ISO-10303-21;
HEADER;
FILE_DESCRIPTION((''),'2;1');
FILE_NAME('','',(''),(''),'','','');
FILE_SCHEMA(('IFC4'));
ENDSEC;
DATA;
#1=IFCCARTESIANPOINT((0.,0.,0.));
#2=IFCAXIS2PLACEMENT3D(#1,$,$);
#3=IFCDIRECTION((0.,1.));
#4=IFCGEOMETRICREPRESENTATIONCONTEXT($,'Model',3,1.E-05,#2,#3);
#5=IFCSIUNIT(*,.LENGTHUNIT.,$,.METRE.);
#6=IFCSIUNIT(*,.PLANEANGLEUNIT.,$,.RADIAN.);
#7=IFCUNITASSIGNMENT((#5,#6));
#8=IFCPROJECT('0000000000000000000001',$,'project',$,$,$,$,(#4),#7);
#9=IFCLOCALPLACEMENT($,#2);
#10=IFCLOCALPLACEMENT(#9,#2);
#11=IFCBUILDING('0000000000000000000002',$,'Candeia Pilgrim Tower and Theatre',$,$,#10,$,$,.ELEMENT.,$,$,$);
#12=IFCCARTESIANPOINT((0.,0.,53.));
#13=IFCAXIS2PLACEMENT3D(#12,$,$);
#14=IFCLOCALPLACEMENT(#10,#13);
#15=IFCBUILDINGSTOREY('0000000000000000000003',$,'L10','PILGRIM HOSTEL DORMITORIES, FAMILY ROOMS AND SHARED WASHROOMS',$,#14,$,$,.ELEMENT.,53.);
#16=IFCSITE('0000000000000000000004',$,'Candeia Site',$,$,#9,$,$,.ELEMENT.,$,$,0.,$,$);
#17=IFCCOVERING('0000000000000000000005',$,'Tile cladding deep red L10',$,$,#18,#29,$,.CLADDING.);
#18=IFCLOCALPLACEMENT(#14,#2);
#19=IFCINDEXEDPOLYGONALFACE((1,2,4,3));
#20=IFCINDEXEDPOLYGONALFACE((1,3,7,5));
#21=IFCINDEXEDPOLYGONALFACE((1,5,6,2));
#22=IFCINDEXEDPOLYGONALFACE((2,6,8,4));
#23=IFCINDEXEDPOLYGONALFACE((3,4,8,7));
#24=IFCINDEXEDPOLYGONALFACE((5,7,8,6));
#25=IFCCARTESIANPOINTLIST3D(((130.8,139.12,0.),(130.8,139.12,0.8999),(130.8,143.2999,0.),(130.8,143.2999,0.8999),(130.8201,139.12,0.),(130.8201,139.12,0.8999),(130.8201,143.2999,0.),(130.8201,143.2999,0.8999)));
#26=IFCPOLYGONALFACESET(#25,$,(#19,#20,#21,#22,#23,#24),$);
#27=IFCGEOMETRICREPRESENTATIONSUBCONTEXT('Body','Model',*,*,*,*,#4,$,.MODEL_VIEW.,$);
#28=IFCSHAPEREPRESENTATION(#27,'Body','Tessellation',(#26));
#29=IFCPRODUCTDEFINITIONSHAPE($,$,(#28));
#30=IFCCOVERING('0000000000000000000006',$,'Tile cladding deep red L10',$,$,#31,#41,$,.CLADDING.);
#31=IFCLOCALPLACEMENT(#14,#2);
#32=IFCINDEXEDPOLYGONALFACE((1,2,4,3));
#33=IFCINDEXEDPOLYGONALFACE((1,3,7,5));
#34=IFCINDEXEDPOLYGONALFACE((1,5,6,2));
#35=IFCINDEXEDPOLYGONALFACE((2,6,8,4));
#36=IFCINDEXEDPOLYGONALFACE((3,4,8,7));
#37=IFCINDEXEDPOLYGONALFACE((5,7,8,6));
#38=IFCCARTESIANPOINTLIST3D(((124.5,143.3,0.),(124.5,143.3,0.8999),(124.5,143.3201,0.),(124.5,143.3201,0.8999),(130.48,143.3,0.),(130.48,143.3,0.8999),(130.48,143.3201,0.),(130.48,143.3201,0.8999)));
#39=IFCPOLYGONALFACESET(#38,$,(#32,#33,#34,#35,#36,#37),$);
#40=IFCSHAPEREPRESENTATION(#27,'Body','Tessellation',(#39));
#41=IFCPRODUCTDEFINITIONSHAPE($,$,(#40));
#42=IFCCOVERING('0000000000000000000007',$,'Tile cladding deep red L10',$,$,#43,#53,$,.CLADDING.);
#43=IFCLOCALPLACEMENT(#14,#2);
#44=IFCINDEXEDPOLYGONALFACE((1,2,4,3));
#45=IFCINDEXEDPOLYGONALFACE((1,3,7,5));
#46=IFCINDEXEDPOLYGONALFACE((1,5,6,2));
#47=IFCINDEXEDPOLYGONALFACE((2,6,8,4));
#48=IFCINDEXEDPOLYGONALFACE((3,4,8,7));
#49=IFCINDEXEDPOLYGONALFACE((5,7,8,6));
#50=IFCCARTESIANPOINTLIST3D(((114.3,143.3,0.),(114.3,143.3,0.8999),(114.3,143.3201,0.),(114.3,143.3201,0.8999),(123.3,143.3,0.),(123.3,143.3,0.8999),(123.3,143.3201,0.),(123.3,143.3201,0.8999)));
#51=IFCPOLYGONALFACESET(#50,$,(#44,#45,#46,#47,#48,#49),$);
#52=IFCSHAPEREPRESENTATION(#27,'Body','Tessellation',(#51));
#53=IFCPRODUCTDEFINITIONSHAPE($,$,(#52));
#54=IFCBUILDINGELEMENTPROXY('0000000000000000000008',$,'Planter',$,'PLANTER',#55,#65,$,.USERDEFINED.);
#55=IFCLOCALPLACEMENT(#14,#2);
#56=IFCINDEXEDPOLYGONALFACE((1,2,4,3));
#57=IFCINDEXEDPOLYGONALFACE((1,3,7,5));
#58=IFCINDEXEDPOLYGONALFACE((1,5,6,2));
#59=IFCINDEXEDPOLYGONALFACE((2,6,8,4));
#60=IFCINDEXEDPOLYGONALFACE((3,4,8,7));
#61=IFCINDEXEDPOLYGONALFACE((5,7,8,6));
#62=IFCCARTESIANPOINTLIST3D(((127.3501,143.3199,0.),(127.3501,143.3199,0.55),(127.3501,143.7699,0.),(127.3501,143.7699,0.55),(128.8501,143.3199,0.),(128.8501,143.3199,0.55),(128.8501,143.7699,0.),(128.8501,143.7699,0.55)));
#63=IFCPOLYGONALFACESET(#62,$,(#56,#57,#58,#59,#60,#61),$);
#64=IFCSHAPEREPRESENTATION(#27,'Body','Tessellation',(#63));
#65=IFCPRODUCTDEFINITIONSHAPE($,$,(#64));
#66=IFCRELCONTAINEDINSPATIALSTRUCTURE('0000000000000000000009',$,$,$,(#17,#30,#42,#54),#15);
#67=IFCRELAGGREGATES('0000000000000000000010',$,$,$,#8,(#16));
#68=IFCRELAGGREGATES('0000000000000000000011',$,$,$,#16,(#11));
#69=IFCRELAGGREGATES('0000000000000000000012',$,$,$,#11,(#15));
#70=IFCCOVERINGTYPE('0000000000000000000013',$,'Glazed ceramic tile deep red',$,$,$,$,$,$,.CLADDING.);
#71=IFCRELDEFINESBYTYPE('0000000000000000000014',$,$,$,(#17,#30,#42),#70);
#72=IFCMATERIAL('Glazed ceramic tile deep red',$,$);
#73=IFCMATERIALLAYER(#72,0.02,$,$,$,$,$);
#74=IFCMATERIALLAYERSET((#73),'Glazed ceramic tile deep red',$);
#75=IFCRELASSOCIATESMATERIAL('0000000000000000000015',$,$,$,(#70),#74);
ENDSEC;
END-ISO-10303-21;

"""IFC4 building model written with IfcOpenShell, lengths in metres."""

from ifc_helpers import new_model, si_unit, direction, frame, origin, origin_2d, place, context, subcontext, project, spatial, rectangle, extrude, material, layer, layer_set, type_object, element, save


model = new_model("IFC4")

# Units and contexts
model_context = context("Model", 3, precision=1e-05, world=origin(), true_north=direction((0.0, 1.0)))
body_context = subcontext(model_context, "Body", "Model", "MODEL_VIEW")
ifc_project = project(units=[si_unit("LENGTHUNIT", "METRE"), si_unit("PLANEANGLEUNIT", "RADIAN")], contexts=[model_context])

# Site, building, storey
site_placement = place(None, origin())
site = spatial("IfcSite", under=ifc_project, at=site_placement, Name="Candeia Site", CompositionType="ELEMENT", RefElevation=0.0)
building_placement = place(site_placement, origin())
building = spatial("IfcBuilding", under=site, at=building_placement, Name="Candeia Pilgrim Tower and Theatre", CompositionType="ELEMENT")
storey_placement = place(building_placement, frame((0.0, 0.0, 53.0)))
storey = spatial("IfcBuildingStorey", under=building, at=storey_placement, Name="L10", Description="PILGRIM HOSTEL DORMITORIES, FAMILY ROOMS AND SHARED WASHROOMS", CompositionType="ELEMENT", Elevation=53.0)

# Coverings
ifc_material_1 = material(Name="Glazed ceramic tile deep red")
ifc_layer_1 = layer(ifc_material_1, 0.02)
ifc_layer_set_1 = layer_set([ifc_layer_1], Name="Glazed ceramic tile deep red")
covering_type = type_object("IfcCoveringType", Name="Glazed ceramic tile deep red", PredefinedType="CLADDING", material=ifc_layer_set_1)
covering_1_placement = place(storey_placement, frame((130.8101, 141.21, 0.0), z_axis=(0.0, 0.0, 1.0), x_axis=(0.0, 1.0, 0.0)))
element("IfcCovering", 1, at=covering_1_placement, inside=storey, type_object=covering_type, Name="Tile cladding deep red L10", PredefinedType="CLADDING", context=body_context, shape_type="SweptSolid", body=[
    extrude(rectangle(XDim=4.1799, YDim=0.02, at=origin_2d()), origin(), (0.0, 0.0, 1.0), 0.8999),
])
covering_2_placement = place(storey_placement, frame((127.49, 143.3101, 0.0), z_axis=(0.0, 0.0, 1.0), x_axis=(-1.0, 0.0, 0.0)))
element("IfcCovering", 2, at=covering_2_placement, inside=storey, type_object=covering_type, Name="Tile cladding deep red L10", PredefinedType="CLADDING", context=body_context, shape_type="SweptSolid", body=[
    extrude(rectangle(XDim=5.98, YDim=0.02, at=origin_2d()), origin(), (0.0, 0.0, 1.0), 0.8999),
])
covering_3_placement = place(storey_placement, frame((118.8, 143.3101, 0.0), z_axis=(0.0, 0.0, 1.0), x_axis=(-1.0, 0.0, 0.0)))
element("IfcCovering", 3, at=covering_3_placement, inside=storey, type_object=covering_type, Name="Tile cladding deep red L10", PredefinedType="CLADDING", context=body_context, shape_type="SweptSolid", body=[
    extrude(rectangle(XDim=9.0, YDim=0.02, at=origin_2d()), origin(), (0.0, 0.0, 1.0), 0.8999),
])

# Building element proxy
proxy_placement = place(storey_placement, frame((128.1001, 143.5449, 0.0), z_axis=(0.0, 0.0, 1.0), x_axis=(-1.0, 0.0, 0.0)))
element("IfcBuildingElementProxy", 4, at=proxy_placement, inside=storey, Name="Planter", ObjectType="PLANTER", PredefinedType="USERDEFINED", context=body_context, shape_type="SweptSolid", body=[
    extrude(rectangle(XDim=1.5, YDim=0.45, at=origin_2d()), origin(), (0.0, 0.0, 1.0), 0.55),
])

save(model, "model.ifc")
